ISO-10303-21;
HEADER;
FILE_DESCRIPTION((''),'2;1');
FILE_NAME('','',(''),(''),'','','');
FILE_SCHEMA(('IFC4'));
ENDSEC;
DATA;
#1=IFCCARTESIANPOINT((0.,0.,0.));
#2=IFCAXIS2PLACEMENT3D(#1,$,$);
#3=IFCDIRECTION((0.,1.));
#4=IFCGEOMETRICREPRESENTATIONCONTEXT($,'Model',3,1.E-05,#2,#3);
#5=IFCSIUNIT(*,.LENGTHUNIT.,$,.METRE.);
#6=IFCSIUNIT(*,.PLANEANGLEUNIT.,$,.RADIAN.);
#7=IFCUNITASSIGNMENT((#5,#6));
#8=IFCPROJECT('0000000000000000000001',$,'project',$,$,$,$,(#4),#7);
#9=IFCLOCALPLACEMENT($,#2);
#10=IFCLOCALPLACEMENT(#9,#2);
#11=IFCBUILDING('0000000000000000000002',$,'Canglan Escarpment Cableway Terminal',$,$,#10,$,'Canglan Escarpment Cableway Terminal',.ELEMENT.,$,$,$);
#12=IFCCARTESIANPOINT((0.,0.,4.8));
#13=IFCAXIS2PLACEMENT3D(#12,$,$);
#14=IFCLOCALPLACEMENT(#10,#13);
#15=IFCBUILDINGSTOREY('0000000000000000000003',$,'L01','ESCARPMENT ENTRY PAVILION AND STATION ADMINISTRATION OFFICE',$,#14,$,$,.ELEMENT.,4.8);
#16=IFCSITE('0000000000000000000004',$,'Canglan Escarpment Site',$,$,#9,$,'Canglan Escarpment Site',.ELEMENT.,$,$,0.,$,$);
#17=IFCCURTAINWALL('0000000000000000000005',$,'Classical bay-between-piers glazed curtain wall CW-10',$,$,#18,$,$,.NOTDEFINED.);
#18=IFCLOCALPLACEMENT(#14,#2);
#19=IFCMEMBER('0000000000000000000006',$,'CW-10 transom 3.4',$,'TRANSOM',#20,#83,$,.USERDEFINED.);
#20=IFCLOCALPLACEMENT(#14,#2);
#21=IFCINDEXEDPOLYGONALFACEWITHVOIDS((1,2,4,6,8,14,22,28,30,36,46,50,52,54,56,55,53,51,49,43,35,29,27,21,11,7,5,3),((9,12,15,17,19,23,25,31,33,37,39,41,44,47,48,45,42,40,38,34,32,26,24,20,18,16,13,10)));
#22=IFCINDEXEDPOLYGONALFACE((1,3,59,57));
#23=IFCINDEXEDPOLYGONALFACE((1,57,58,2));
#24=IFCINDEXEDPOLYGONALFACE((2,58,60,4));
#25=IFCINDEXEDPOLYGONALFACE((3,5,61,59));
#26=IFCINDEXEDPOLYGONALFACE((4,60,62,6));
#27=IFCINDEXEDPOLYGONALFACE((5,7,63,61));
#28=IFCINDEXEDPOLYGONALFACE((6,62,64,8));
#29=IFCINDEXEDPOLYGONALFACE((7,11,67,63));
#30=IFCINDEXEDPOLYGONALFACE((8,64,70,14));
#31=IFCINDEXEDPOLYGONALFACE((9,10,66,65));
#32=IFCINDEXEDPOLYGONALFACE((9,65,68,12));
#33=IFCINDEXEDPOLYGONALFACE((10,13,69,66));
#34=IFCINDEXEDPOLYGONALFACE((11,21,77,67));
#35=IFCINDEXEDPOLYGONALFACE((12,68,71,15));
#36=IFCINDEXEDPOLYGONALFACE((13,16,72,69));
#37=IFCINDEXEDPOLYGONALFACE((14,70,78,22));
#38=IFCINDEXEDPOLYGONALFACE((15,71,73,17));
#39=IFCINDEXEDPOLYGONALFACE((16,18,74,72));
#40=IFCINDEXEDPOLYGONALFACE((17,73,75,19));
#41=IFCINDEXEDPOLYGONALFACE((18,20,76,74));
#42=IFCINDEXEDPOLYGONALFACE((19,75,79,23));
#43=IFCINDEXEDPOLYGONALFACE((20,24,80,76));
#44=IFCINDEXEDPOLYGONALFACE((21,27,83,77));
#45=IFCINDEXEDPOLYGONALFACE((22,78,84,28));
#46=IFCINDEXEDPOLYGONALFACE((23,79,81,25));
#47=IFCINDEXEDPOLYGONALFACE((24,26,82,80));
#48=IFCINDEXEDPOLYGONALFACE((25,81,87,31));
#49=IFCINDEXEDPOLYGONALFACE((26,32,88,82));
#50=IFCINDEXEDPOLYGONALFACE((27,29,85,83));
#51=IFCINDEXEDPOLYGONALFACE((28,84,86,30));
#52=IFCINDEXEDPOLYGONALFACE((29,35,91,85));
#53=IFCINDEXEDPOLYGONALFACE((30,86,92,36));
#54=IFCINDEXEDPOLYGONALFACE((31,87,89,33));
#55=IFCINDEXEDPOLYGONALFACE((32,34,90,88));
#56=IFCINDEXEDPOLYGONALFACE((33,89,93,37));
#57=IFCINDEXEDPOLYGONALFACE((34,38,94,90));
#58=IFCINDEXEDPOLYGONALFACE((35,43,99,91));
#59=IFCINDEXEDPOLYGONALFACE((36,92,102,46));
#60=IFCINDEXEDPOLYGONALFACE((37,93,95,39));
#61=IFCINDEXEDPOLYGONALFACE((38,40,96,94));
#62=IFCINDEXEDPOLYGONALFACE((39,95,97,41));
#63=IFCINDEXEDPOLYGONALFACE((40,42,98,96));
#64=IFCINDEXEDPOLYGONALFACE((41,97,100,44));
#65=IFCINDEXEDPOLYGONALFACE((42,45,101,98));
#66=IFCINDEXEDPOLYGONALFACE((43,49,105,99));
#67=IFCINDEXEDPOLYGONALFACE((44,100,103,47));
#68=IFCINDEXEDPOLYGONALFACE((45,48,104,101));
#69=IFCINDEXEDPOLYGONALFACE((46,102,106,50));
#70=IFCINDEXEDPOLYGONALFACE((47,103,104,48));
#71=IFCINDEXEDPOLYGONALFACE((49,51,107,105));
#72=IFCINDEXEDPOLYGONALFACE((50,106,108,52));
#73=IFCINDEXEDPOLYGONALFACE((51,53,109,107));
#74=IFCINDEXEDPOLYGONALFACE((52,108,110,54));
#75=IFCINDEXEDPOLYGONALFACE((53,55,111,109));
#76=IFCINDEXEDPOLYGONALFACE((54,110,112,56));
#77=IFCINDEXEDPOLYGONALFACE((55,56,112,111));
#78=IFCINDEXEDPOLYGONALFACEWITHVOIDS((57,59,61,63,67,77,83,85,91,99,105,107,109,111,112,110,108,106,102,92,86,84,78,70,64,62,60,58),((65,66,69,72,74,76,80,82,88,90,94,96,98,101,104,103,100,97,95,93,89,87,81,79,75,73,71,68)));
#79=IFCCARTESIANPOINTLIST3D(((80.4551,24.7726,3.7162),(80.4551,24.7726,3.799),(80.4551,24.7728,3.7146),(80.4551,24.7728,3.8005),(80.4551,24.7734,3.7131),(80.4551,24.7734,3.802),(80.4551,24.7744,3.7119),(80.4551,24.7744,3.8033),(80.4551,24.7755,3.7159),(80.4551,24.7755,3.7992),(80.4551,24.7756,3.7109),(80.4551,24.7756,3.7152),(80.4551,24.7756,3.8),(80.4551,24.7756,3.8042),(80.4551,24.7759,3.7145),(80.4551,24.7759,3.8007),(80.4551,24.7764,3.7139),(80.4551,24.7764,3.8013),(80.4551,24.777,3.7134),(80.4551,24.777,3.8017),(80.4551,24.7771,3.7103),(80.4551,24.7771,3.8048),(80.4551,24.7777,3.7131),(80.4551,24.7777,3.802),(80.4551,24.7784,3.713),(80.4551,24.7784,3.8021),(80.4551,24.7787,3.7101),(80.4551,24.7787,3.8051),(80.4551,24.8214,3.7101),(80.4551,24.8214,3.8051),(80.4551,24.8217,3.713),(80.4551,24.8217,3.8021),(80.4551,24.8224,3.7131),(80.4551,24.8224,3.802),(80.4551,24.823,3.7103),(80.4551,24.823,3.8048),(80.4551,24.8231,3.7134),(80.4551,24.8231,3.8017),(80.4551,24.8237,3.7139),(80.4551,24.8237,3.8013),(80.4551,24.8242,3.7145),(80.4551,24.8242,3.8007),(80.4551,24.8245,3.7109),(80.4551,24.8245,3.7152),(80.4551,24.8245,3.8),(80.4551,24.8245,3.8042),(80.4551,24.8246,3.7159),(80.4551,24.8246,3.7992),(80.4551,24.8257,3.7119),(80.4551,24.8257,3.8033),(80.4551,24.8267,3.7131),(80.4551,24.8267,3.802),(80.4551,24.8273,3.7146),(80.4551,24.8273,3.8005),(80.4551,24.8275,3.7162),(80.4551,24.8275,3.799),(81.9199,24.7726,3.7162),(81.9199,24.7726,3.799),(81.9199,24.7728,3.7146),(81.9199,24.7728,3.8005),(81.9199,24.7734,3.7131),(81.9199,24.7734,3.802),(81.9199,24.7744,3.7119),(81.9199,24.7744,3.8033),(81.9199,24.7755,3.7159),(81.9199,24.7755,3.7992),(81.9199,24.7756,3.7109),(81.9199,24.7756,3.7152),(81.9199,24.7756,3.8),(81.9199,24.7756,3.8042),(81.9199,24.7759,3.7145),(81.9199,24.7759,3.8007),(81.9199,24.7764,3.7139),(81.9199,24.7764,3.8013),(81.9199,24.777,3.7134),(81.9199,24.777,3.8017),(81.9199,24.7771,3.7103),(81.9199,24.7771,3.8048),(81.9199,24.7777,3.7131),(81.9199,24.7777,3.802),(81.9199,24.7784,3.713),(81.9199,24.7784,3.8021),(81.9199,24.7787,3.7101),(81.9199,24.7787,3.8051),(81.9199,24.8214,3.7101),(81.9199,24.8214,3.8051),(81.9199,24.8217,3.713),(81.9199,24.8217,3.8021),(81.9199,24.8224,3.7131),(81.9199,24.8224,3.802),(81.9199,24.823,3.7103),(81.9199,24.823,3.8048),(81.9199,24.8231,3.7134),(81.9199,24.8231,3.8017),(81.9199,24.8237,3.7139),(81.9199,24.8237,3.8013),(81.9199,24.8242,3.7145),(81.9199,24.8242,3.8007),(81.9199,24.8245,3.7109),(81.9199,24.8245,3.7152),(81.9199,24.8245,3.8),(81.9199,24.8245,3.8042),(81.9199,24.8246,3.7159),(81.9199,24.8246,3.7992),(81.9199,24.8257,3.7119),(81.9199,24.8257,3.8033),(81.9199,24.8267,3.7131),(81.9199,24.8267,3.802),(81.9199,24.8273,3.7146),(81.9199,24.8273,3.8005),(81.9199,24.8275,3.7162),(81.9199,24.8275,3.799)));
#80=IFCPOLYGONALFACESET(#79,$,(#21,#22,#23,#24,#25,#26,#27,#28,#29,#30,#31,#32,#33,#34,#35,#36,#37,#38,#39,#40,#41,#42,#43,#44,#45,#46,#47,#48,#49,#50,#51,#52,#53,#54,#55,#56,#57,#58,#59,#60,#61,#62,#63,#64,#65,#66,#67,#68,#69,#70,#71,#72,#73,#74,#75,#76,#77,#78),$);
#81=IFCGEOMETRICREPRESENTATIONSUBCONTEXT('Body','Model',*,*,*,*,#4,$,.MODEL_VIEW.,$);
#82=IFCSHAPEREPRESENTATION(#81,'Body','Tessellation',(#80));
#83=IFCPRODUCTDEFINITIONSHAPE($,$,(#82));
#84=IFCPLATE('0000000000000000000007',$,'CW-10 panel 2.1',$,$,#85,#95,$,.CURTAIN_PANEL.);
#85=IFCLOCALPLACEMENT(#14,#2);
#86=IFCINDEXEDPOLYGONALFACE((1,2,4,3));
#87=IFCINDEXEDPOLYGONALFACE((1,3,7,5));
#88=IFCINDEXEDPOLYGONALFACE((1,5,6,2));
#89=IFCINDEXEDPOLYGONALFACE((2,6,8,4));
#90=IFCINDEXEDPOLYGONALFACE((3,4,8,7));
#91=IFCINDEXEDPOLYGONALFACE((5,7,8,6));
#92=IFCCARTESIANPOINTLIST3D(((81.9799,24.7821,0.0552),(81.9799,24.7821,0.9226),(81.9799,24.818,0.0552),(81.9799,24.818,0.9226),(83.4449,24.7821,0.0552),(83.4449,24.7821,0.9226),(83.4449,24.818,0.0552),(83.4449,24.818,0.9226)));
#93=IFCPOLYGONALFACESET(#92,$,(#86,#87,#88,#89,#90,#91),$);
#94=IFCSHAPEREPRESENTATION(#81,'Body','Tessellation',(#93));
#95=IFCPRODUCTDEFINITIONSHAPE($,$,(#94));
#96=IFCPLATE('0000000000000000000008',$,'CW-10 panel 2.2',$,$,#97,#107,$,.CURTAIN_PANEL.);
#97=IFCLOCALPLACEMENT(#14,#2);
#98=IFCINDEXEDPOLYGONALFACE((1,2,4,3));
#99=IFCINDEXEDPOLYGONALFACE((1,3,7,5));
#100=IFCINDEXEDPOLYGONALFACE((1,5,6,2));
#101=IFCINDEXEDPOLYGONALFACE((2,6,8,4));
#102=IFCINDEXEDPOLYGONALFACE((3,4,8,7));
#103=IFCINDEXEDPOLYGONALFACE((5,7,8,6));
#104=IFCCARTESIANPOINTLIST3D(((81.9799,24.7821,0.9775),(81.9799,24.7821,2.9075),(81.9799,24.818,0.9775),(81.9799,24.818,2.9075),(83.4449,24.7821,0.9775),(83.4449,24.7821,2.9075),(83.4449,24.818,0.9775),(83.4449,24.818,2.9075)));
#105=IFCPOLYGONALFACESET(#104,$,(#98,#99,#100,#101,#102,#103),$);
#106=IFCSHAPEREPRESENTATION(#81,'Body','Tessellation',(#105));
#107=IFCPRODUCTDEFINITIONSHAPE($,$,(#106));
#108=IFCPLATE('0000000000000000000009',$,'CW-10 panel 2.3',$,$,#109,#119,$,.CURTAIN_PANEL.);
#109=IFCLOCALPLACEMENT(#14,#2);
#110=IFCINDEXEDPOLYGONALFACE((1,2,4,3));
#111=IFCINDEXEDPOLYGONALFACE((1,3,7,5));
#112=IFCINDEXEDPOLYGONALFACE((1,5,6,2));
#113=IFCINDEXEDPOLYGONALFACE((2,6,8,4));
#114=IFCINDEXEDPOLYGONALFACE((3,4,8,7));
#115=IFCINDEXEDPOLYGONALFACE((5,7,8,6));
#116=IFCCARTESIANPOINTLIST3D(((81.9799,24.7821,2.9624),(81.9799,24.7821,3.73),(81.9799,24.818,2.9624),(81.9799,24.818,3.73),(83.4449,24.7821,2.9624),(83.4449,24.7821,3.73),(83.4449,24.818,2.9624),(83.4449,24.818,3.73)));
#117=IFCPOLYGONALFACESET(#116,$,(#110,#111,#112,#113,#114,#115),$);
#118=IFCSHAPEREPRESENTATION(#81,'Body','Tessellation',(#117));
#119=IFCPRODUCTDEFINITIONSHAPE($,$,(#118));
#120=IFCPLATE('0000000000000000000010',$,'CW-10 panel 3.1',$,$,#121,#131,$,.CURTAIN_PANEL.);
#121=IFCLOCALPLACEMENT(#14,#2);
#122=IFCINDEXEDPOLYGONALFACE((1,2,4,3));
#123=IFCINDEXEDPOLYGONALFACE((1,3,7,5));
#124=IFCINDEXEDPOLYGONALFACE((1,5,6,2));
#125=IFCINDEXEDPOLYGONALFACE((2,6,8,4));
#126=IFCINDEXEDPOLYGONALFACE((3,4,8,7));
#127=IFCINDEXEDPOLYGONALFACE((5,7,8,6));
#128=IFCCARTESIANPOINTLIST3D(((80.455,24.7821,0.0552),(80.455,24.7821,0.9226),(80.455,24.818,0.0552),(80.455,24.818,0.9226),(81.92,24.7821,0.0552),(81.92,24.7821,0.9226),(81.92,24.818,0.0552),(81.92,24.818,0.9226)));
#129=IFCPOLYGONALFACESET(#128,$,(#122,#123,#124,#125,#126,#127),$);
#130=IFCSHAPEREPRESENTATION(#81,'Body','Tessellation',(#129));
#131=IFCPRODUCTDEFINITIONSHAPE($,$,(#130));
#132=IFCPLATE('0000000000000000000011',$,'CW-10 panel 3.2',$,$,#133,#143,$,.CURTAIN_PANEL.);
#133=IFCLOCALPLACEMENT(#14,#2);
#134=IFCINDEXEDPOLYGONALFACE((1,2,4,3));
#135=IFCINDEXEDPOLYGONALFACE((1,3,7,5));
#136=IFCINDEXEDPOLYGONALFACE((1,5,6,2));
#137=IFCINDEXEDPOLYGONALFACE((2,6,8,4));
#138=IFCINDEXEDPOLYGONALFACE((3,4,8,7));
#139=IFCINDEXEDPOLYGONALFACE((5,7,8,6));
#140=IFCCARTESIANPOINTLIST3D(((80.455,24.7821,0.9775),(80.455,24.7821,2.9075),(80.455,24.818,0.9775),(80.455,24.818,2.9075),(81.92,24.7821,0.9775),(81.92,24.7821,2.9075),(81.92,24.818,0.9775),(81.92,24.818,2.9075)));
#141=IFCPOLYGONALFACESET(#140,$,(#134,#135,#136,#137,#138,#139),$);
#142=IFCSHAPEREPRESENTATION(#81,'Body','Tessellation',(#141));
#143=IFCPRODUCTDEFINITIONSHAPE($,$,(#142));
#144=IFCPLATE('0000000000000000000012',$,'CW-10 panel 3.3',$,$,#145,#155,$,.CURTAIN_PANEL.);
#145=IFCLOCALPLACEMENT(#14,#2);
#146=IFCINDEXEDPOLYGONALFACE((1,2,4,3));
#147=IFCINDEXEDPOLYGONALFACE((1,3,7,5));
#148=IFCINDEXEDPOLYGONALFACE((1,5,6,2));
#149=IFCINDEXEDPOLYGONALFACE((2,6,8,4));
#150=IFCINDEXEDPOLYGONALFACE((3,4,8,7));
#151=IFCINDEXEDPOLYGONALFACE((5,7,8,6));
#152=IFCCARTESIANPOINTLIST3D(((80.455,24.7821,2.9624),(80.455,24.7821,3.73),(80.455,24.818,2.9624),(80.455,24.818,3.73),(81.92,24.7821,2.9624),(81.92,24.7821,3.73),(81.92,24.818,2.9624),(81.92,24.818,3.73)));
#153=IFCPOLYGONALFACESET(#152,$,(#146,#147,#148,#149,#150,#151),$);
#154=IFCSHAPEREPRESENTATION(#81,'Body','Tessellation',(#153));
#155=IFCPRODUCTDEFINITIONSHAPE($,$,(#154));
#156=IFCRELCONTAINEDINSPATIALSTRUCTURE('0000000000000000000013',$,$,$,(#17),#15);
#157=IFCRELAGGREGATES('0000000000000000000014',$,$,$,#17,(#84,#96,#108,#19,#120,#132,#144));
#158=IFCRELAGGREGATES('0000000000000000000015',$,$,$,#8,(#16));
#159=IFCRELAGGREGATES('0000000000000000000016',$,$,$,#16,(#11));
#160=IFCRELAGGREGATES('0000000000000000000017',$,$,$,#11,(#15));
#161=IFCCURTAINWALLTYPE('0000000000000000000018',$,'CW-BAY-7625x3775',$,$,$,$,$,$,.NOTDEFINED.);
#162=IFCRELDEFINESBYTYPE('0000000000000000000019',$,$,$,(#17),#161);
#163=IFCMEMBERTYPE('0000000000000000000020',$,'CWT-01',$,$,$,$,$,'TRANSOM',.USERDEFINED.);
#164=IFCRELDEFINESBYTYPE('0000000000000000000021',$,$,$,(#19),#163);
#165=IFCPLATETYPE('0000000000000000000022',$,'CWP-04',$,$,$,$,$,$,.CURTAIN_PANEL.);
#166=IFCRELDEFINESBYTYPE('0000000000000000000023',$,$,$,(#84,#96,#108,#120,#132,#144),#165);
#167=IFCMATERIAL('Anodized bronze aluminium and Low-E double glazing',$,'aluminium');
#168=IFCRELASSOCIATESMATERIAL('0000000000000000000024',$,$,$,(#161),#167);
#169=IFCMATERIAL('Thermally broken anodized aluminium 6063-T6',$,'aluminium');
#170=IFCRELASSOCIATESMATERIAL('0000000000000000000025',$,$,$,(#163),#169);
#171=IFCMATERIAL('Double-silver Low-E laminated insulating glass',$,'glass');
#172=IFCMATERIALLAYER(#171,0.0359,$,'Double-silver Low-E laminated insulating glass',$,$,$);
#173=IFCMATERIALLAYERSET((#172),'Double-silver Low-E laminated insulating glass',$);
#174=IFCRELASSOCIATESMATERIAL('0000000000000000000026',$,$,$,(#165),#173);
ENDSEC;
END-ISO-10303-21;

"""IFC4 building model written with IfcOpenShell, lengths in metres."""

from ifc_helpers import new_model, si_unit, direction, frame, origin, origin_2d, place, context, subcontext, project, spatial, rectangle, hollow_rectangle, extrude, material, layer, layer_set, material_profile, profile_set, type_object, element, aggregate, save


model = new_model("IFC4")

# Units and contexts
model_context = context("Model", 3, precision=1e-05, world=origin(), true_north=direction((0.0, 1.0)))
body_context = subcontext(model_context, "Body", "Model", "MODEL_VIEW")
ifc_project = project(units=[si_unit("LENGTHUNIT", "METRE"), si_unit("PLANEANGLEUNIT", "RADIAN")], contexts=[model_context])

# Site, building, storey
site_placement = place(None, origin())
site = spatial("IfcSite", under=ifc_project, at=site_placement, Name="Canglan Escarpment Site", LongName="Canglan Escarpment Site", CompositionType="ELEMENT", RefElevation=0.0)
building_placement = place(site_placement, origin())
building = spatial("IfcBuilding", under=site, at=building_placement, Name="Canglan Escarpment Cableway Terminal", LongName="Canglan Escarpment Cableway Terminal", CompositionType="ELEMENT")
storey_placement = place(building_placement, frame((0.0, 0.0, 4.8)))
storey = spatial("IfcBuildingStorey", under=building, at=storey_placement, Name="L01", Description="ESCARPMENT ENTRY PAVILION AND STATION ADMINISTRATION OFFICE", CompositionType="ELEMENT", Elevation=4.8)

# Curtain wall, member, plates
ifc_material_1 = material(Name="Anodized bronze aluminium and Low-E double glazing", Category="aluminium")
curtain_wall_type = type_object("IfcCurtainWallType", Name="CW-BAY-7625x3775", PredefinedType="NOTDEFINED", material=ifc_material_1)
curtain_wall_placement = place(storey_placement, origin())
curtain_wall = element("IfcCurtainWall", 1, at=curtain_wall_placement, inside=storey, type_object=curtain_wall_type, Name="Classical bay-between-piers glazed curtain wall CW-10", PredefinedType="NOTDEFINED")
ifc_material_2 = material(Name="Thermally broken anodized aluminium 6063-T6", Category="aluminium")
ifc_material_profile_1 = material_profile(ifc_material_2, hollow_rectangle(XDim=0.0549, YDim=0.095, WallThickness=0.0029, InnerFilletRadius=0.0029, OuterFilletRadius=0.0061, at=origin_2d()), Name="ALU-TRAN 55x95x3")
ifc_profile_set_1 = profile_set([ifc_material_profile_1], Name="Thermally broken anodized aluminium 6063-T6")
member_type_1 = type_object("IfcMemberType", Name="CWT-01", ElementType="TRANSOM", PredefinedType="USERDEFINED", material=ifc_profile_set_1)
member_1_placement = place(storey_placement, frame((81.9199, 24.8, 3.7576), z_axis=(-1.0, 0.0, 0.0), x_axis=(0.0, -1.0, 0.0)))
member_1 = element("IfcMember", 2, at=member_1_placement, type_object=member_type_1, Name="CW-10 transom 3.4", ObjectType="TRANSOM", PredefinedType="USERDEFINED", context=body_context, shape_type="SweptSolid", body=[
    extrude(hollow_rectangle(XDim=0.0549, YDim=0.095, WallThickness=0.0029, InnerFilletRadius=0.0029, OuterFilletRadius=0.0061, at=origin_2d()), origin(), (0.0, 0.0, 1.0), 1.4648),
])
ifc_material_3 = material(Name="Double-silver Low-E laminated insulating glass", Category="glass")
ifc_layer_1 = layer(ifc_material_3, 0.0359, Name="Double-silver Low-E laminated insulating glass")
ifc_layer_set_1 = layer_set([ifc_layer_1], Name="Double-silver Low-E laminated insulating glass")
plate_type = type_object("IfcPlateType", Name="CWP-04", PredefinedType="CURTAIN_PANEL", material=ifc_layer_set_1)
plate_1_placement = place(storey_placement, frame((82.7124, 24.8, 0.0552), z_axis=(0.0, 0.0, 1.0), x_axis=(-1.0, 0.0, 0.0)))
plate_1 = element("IfcPlate", 3, at=plate_1_placement, type_object=plate_type, Name="CW-10 panel 2.1", PredefinedType="CURTAIN_PANEL", context=body_context, shape_type="SweptSolid", body=[
    extrude(rectangle(XDim=1.4651, YDim=0.0359, at=origin_2d()), origin(), (0.0, 0.0, 1.0), 0.8674),
])
plate_2_placement = place(storey_placement, frame((82.7124, 24.8, 0.9775), z_axis=(0.0, 0.0, 1.0), x_axis=(-1.0, 0.0, 0.0)))
plate_2 = element("IfcPlate", 4, at=plate_2_placement, type_object=plate_type, Name="CW-10 panel 2.2", PredefinedType="CURTAIN_PANEL", context=body_context, shape_type="SweptSolid", body=[
    extrude(rectangle(XDim=1.4651, YDim=0.0359, at=origin_2d()), origin(), (0.0, 0.0, 1.0), 1.9299),
])
plate_3_placement = place(storey_placement, frame((82.7124, 24.8, 2.9624), z_axis=(0.0, 0.0, 1.0), x_axis=(-1.0, 0.0, 0.0)))
plate_3 = element("IfcPlate", 5, at=plate_3_placement, type_object=plate_type, Name="CW-10 panel 2.3", PredefinedType="CURTAIN_PANEL", context=body_context, shape_type="SweptSolid", body=[
    extrude(rectangle(XDim=1.4651, YDim=0.0359, at=origin_2d()), origin(), (0.0, 0.0, 1.0), 0.7676),
])
plate_4_placement = place(storey_placement, frame((81.1875, 24.8, 0.0552), z_axis=(0.0, 0.0, 1.0), x_axis=(-1.0, 0.0, 0.0)))
plate_4 = element("IfcPlate", 6, at=plate_4_placement, type_object=plate_type, Name="CW-10 panel 3.1", PredefinedType="CURTAIN_PANEL", context=body_context, shape_type="SweptSolid", body=[
    extrude(rectangle(XDim=1.4651, YDim=0.0359, at=origin_2d()), origin(), (0.0, 0.0, 1.0), 0.8674),
])
plate_5_placement = place(storey_placement, frame((81.1875, 24.8, 0.9775), z_axis=(0.0, 0.0, 1.0), x_axis=(-1.0, 0.0, 0.0)))
plate_5 = element("IfcPlate", 7, at=plate_5_placement, type_object=plate_type, Name="CW-10 panel 3.2", PredefinedType="CURTAIN_PANEL", context=body_context, shape_type="SweptSolid", body=[
    extrude(rectangle(XDim=1.4651, YDim=0.0359, at=origin_2d()), origin(), (0.0, 0.0, 1.0), 1.9299),
])
plate_6_placement = place(storey_placement, frame((81.1875, 24.8, 2.9624), z_axis=(0.0, 0.0, 1.0), x_axis=(-1.0, 0.0, 0.0)))
plate_6 = element("IfcPlate", 8, at=plate_6_placement, type_object=plate_type, Name="CW-10 panel 3.3", PredefinedType="CURTAIN_PANEL", context=body_context, shape_type="SweptSolid", body=[
    extrude(rectangle(XDim=1.4651, YDim=0.0359, at=origin_2d()), origin(), (0.0, 0.0, 1.0), 0.7676),
])
aggregate(curtain_wall, [plate_1, plate_2, plate_3, member_1, plate_4, plate_5, plate_6])

save(model, "model.ifc")
